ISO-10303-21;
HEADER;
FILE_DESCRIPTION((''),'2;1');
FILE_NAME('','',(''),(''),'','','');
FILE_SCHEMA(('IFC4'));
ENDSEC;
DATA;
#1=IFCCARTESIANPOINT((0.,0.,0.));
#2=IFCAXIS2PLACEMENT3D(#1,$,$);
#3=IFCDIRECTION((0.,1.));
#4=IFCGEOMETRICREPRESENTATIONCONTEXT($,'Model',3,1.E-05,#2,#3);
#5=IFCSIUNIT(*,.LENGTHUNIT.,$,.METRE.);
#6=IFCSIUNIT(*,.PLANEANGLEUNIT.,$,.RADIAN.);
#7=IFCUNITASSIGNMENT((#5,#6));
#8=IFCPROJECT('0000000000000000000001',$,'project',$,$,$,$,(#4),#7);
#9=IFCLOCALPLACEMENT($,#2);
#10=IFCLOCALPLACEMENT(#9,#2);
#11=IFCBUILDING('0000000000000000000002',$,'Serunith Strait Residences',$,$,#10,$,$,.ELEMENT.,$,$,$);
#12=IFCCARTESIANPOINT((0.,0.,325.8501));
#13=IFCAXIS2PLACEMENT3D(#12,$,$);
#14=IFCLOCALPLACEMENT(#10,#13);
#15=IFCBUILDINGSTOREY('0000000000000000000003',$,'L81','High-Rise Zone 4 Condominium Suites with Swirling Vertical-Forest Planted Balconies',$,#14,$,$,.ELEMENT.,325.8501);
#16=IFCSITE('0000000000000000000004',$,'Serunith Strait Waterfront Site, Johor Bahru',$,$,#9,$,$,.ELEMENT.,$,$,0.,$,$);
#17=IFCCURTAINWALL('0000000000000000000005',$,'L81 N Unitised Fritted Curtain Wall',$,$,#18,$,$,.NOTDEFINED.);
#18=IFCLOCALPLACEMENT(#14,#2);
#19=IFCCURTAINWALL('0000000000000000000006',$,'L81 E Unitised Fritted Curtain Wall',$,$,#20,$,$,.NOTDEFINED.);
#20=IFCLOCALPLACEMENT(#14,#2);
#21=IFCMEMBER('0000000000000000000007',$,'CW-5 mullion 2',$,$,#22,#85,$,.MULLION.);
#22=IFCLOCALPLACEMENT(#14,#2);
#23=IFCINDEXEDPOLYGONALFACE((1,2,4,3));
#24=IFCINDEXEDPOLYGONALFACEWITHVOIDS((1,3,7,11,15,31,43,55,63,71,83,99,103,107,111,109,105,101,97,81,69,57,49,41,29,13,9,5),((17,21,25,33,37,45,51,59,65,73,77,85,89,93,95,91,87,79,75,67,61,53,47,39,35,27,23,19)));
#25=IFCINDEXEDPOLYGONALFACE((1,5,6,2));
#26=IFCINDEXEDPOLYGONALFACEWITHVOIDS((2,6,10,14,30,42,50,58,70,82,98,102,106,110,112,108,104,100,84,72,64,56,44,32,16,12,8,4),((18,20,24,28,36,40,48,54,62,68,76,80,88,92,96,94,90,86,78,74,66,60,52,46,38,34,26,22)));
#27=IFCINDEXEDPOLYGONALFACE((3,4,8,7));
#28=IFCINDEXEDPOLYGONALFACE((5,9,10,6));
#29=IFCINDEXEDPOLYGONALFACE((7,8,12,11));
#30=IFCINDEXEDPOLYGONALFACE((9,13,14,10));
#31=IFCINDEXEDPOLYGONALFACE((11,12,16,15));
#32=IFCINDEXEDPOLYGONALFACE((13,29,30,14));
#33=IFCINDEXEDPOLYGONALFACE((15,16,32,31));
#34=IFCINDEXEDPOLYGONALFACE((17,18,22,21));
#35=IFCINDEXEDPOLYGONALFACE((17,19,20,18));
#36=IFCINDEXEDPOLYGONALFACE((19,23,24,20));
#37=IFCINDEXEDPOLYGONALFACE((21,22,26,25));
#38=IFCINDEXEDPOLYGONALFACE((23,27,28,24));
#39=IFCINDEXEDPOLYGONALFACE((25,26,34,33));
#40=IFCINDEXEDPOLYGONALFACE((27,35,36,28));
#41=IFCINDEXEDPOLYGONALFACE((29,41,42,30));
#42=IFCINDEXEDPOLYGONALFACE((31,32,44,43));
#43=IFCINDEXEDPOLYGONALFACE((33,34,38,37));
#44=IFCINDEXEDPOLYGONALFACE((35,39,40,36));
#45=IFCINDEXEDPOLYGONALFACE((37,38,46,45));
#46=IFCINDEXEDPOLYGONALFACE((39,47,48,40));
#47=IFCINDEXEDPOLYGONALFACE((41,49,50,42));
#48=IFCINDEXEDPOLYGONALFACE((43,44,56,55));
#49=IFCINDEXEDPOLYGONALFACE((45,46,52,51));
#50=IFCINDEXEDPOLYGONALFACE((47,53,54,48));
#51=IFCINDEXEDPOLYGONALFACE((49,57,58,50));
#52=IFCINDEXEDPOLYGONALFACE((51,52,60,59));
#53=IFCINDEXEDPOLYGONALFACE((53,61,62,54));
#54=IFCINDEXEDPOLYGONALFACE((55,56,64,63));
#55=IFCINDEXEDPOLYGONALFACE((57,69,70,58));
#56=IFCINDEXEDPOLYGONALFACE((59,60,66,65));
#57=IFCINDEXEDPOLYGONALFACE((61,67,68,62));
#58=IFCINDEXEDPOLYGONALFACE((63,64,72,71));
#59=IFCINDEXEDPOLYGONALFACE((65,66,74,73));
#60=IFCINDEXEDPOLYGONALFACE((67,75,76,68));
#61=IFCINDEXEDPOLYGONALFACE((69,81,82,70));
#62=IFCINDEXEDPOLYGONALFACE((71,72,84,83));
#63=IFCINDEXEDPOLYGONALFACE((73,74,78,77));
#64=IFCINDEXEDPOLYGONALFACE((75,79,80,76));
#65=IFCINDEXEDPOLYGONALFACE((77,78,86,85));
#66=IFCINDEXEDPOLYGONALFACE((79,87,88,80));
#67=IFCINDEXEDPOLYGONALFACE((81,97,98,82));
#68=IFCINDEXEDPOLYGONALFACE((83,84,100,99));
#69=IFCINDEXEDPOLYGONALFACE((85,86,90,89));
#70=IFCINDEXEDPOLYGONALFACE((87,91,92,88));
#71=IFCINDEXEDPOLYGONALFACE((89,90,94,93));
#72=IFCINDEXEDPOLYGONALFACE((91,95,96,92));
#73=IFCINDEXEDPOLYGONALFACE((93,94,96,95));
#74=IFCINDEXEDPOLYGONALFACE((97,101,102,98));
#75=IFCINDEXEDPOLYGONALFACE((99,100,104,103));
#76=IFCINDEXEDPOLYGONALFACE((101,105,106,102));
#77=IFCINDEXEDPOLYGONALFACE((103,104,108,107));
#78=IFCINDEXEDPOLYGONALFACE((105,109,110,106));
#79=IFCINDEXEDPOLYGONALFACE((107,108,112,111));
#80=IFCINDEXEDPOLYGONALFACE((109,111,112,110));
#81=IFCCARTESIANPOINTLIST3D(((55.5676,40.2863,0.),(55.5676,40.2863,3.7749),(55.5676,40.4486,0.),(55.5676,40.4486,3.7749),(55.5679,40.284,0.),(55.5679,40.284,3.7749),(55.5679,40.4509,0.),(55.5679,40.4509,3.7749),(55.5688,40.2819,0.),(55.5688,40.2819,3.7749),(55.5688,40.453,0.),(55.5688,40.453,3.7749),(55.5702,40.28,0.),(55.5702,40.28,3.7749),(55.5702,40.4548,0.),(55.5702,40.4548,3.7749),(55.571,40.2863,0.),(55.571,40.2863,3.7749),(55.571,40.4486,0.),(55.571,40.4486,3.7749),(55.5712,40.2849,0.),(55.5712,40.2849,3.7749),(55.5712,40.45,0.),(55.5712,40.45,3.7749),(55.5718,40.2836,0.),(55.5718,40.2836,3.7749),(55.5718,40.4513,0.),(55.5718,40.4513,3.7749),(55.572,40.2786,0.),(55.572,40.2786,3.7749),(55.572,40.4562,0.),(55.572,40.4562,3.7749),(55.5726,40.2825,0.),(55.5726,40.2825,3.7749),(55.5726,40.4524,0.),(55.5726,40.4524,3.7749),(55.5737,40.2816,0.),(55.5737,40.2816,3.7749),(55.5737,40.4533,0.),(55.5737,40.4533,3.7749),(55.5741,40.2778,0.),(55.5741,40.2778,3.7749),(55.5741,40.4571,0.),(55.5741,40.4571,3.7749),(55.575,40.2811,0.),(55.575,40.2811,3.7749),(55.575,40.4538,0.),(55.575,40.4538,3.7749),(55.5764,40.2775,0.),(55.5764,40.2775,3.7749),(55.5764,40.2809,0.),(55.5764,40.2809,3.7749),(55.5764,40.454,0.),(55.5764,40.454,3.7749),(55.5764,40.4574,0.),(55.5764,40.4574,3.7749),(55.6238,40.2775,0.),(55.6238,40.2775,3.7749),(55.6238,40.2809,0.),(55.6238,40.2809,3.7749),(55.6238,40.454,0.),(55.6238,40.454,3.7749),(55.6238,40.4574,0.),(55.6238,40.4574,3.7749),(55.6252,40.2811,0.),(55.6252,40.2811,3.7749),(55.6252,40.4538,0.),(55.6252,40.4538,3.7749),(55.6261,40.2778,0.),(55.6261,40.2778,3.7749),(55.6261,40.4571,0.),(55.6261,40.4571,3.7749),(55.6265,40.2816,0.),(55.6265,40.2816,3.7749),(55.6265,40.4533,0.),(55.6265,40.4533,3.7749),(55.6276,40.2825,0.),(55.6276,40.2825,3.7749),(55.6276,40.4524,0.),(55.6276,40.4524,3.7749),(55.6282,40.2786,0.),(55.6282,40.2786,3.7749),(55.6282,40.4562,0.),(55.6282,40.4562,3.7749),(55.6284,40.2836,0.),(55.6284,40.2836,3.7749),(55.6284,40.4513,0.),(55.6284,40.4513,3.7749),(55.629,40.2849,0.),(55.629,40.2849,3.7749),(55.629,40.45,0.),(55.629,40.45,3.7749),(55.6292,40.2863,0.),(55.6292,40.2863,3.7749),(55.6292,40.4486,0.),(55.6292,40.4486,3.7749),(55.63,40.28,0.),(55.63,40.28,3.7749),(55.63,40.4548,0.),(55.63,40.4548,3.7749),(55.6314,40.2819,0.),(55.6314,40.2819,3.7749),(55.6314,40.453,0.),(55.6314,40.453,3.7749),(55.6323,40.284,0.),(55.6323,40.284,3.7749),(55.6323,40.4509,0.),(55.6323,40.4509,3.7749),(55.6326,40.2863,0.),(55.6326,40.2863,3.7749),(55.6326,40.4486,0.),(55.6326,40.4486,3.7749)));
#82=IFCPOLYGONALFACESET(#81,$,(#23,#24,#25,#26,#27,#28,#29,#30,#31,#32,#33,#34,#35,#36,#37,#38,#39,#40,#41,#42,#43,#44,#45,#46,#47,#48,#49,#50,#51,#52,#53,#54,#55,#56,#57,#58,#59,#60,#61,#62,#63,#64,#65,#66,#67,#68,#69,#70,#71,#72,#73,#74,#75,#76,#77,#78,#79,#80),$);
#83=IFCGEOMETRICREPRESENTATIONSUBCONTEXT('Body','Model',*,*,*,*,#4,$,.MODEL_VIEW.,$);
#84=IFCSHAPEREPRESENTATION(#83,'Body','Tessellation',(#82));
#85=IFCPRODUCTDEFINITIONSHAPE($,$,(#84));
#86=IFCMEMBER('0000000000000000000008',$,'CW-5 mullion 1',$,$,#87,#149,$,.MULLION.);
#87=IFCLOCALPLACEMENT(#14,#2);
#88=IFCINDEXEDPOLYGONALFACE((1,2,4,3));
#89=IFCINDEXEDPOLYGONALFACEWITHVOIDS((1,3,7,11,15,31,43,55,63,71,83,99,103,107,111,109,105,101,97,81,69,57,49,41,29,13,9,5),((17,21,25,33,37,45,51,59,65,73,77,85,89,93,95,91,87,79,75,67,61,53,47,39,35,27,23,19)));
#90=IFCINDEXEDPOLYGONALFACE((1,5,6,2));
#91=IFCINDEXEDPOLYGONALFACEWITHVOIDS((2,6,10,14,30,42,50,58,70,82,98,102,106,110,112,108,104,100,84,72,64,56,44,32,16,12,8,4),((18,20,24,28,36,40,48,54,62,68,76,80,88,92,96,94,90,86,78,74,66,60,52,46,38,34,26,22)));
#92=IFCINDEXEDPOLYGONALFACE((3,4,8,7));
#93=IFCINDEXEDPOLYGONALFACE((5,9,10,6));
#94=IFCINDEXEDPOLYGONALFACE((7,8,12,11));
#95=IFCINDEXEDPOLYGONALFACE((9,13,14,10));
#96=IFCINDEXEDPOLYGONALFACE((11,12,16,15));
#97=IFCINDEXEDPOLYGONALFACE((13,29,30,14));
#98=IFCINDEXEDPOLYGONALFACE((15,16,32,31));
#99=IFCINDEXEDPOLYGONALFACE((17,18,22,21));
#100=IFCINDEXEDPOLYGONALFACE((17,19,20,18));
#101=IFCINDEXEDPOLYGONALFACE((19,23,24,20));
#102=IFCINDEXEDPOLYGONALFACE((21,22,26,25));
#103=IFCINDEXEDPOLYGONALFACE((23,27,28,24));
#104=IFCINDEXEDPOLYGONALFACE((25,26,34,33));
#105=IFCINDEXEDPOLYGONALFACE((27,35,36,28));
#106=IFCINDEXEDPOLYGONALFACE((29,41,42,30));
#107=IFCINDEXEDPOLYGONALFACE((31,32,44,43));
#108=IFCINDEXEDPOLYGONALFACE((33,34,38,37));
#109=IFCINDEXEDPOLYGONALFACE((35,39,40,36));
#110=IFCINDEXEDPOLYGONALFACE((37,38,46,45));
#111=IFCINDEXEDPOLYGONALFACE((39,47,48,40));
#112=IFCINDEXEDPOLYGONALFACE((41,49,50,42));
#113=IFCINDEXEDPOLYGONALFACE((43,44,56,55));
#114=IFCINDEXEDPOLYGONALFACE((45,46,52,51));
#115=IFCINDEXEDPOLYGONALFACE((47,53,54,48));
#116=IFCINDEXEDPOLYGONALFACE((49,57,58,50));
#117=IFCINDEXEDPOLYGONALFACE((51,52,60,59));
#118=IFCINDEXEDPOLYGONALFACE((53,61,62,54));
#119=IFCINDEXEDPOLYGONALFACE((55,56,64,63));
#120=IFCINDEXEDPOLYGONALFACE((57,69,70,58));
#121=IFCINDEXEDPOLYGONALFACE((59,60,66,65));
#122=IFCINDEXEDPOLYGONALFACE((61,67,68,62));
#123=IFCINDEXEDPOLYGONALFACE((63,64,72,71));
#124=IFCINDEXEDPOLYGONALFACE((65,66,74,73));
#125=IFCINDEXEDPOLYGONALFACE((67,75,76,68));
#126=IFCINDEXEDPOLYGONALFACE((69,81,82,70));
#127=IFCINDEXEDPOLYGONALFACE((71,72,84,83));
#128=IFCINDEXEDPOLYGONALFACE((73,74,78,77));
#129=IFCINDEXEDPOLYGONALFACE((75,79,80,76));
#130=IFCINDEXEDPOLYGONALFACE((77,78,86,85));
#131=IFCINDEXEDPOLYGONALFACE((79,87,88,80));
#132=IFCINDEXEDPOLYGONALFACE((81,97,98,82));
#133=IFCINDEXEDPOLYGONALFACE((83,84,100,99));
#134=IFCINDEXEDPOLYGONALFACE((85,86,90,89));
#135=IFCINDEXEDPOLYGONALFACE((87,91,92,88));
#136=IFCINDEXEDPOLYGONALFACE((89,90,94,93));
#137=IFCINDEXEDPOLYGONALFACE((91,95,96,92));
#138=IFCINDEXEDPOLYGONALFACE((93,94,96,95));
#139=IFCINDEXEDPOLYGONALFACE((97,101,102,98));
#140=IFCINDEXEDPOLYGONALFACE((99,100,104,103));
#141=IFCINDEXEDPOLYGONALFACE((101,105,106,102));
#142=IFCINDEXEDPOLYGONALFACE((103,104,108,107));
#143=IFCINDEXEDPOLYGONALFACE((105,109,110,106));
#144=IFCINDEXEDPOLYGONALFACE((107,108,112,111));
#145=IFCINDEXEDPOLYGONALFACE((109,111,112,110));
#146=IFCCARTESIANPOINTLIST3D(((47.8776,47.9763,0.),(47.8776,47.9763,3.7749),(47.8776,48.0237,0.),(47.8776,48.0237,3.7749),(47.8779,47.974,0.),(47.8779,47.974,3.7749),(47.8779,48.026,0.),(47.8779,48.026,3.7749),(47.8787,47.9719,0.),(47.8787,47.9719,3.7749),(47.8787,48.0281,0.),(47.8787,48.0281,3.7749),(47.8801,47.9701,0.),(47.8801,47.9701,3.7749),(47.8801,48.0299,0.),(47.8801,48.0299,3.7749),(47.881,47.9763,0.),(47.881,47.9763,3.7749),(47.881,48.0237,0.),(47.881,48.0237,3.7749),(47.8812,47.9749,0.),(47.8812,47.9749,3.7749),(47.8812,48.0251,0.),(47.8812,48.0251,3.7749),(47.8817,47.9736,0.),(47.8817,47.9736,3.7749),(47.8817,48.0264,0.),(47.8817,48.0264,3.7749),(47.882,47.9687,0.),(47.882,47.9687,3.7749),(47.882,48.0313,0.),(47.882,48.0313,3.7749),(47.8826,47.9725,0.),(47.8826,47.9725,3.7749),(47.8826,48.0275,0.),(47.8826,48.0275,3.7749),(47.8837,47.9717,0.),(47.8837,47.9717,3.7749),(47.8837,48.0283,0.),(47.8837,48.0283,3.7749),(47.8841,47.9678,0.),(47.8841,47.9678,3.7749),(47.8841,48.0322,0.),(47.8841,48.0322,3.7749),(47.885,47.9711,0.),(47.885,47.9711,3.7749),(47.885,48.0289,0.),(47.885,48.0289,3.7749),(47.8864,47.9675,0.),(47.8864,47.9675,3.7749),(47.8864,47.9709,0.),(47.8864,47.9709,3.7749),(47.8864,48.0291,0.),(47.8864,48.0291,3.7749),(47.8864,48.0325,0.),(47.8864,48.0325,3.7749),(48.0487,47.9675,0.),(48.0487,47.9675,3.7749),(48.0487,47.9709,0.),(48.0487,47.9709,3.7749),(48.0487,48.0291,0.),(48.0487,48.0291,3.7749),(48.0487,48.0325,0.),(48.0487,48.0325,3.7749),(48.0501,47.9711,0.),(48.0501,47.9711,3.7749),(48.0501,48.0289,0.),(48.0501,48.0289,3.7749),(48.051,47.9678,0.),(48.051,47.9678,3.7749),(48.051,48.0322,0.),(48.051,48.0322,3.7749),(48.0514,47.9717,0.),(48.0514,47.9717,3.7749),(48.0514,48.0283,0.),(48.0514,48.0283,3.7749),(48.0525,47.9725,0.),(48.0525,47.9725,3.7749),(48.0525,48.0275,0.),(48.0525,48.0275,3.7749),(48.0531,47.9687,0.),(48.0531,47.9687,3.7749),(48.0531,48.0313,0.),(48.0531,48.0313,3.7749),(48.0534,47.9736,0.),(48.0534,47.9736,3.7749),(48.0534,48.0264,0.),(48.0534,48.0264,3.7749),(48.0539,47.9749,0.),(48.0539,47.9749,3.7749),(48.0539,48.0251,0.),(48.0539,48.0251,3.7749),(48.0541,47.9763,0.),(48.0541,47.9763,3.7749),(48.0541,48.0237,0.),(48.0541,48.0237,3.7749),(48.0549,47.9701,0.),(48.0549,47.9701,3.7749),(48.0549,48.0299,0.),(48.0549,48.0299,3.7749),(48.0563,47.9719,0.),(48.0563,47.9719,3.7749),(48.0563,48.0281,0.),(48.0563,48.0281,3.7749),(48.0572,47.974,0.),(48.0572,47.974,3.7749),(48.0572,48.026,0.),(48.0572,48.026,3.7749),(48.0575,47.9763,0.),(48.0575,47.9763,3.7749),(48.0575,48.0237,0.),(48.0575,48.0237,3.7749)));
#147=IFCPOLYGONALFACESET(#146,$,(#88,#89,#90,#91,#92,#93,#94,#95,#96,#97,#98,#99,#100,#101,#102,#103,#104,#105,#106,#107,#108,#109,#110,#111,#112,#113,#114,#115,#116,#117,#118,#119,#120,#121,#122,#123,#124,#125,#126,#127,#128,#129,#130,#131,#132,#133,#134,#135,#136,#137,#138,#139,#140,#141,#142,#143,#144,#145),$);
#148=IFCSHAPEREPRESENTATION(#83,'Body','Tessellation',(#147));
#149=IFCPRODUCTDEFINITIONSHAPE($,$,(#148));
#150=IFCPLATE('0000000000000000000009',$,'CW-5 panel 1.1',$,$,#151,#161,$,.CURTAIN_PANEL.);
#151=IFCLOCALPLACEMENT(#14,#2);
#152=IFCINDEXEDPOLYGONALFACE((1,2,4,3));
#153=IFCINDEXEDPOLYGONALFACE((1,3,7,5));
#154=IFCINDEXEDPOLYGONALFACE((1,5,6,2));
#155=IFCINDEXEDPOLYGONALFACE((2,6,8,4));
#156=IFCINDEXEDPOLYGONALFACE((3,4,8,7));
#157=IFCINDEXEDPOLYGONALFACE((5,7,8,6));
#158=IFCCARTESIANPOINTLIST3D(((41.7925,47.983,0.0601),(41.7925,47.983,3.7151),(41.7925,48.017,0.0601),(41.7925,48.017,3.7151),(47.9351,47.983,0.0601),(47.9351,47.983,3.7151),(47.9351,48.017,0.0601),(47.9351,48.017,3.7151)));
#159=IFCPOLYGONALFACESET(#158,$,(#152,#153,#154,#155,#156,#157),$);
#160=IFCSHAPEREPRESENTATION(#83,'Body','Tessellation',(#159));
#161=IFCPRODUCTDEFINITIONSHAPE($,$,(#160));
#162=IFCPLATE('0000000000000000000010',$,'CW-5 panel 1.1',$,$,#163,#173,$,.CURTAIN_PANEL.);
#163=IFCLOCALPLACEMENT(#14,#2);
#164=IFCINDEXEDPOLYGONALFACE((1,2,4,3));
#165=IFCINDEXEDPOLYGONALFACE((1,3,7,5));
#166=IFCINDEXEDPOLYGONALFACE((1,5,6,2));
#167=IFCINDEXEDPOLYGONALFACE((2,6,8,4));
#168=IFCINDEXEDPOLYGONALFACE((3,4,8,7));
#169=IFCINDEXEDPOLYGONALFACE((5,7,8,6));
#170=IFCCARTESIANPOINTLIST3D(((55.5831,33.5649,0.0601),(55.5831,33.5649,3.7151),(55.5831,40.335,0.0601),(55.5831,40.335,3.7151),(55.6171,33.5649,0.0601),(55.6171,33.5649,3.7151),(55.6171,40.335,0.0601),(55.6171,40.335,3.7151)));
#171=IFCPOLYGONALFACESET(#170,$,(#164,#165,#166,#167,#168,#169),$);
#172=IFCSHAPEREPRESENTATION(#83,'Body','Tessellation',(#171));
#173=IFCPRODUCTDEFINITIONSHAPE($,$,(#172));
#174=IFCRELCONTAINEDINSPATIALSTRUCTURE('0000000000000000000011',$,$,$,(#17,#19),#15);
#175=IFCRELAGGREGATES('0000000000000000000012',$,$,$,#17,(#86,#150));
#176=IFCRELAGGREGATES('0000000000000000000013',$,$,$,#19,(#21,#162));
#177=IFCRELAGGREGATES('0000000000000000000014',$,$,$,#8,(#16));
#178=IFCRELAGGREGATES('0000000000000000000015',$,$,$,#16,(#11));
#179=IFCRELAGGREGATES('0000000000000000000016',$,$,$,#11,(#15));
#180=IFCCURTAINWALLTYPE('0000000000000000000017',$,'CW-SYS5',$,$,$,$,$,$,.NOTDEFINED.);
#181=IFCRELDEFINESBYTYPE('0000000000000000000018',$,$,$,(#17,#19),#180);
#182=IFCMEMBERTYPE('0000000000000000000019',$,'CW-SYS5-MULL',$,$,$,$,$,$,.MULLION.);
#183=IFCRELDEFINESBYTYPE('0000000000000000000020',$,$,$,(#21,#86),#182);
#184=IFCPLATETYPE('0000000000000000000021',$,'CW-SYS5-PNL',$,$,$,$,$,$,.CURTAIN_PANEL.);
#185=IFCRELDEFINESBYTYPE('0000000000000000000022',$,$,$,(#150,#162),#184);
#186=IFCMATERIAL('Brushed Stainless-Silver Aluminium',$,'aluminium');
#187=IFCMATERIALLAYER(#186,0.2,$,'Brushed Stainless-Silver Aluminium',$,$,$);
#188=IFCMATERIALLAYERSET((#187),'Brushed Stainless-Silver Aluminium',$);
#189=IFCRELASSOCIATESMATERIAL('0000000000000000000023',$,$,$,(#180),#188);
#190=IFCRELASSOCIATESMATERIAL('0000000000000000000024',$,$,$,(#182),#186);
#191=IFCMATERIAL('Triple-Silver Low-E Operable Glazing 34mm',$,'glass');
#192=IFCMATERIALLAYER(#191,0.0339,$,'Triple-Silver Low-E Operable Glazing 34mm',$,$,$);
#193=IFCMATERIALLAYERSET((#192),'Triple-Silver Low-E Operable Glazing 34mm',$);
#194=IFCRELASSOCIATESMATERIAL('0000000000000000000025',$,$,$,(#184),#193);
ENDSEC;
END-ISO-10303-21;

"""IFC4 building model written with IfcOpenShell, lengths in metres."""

from ifc_helpers import new_model, si_unit, direction, frame, origin, origin_2d, place, context, subcontext, project, spatial, rectangle, hollow_rectangle, extrude, source, transform, mapped, material, layer, layer_set, material_profile, profile_set, type_object, element, aggregate, save


model = new_model("IFC4")

# Units and contexts
model_context = context("Model", 3, precision=1e-05, world=origin(), true_north=direction((0.0, 1.0)))
body_context = subcontext(model_context, "Body", "Model", "MODEL_VIEW")
ifc_project = project(units=[si_unit("LENGTHUNIT", "METRE"), si_unit("PLANEANGLEUNIT", "RADIAN")], contexts=[model_context])

# Site, building, storey
site_placement = place(None, origin())
site = spatial("IfcSite", under=ifc_project, at=site_placement, Name="Serunith Strait Waterfront Site, Johor Bahru", CompositionType="ELEMENT", RefElevation=0.0)
building_placement = place(site_placement, origin())
building = spatial("IfcBuilding", under=site, at=building_placement, Name="Serunith Strait Residences", CompositionType="ELEMENT")
storey_placement = place(building_placement, frame((0.0, 0.0, 325.8501)))
storey = spatial("IfcBuildingStorey", under=building, at=storey_placement, Name="L81", Description="High-Rise Zone 4 Condominium Suites with Swirling Vertical-Forest Planted Balconies", CompositionType="ELEMENT", Elevation=325.8501)

# Curtain wall
ifc_material_1 = material(Name="Brushed Stainless-Silver Aluminium", Category="aluminium")
ifc_layer_1 = layer(ifc_material_1, 0.2, Name="Brushed Stainless-Silver Aluminium")
ifc_layer_set_1 = layer_set([ifc_layer_1], Name="Brushed Stainless-Silver Aluminium")
curtain_wall_type = type_object("IfcCurtainWallType", Name="CW-SYS5", PredefinedType="NOTDEFINED", material=ifc_layer_set_1)
curtain_wall_1_placement = place(storey_placement, origin())
curtain_wall_1 = element("IfcCurtainWall", 1, at=curtain_wall_1_placement, inside=storey, type_object=curtain_wall_type, Name="L81 N Unitised Fritted Curtain Wall", PredefinedType="NOTDEFINED")

# Curtain wall, member
curtain_wall_2_placement = place(storey_placement, origin())
curtain_wall_2 = element("IfcCurtainWall", 2, at=curtain_wall_2_placement, inside=storey, type_object=curtain_wall_type, Name="L81 E Unitised Fritted Curtain Wall", PredefinedType="NOTDEFINED")
ifc_material_profile_1 = material_profile(ifc_material_1, hollow_rectangle(XDim=0.0649, YDim=0.1799, WallThickness=0.0034, InnerFilletRadius=0.0054, OuterFilletRadius=0.0088, at=origin_2d()), Name="ALU 180x65x3.5")
ifc_profile_set_1 = profile_set([ifc_material_profile_1], Name="Brushed Stainless-Silver Aluminium")
member_type_1 = type_object("IfcMemberType", Name="CW-SYS5-MULL", PredefinedType="MULLION", material=ifc_profile_set_1)
shared_shape_1 = source(origin(), body_context, "Body", "SweptSolid", [
    extrude(hollow_rectangle(XDim=0.0649, YDim=0.1799, WallThickness=0.0034, InnerFilletRadius=0.0054, OuterFilletRadius=0.0088, at=origin_2d()), origin(), (0.0, 0.0, 1.0), 3.7749),
])
member_1_placement = place(storey_placement, frame((55.6001, 40.3674, 0.0), z_axis=(0.0, 0.0, 1.0), x_axis=(-1.0, 0.0, 0.0)))
member_1 = element("IfcMember", 3, at=member_1_placement, type_object=member_type_1, Name="CW-5 mullion 2", PredefinedType="MULLION", context=body_context, shape_type="MappedRepresentation", body=[
    mapped(shared_shape_1, transform((0.0, 0.0, 0.0), scale=1.0)),
])

# Member
member_2_placement = place(storey_placement, frame((47.9675, 48.0, 0.0), z_axis=(0.0, 0.0, 1.0), x_axis=(0.0, -1.0, 0.0)))
member_2 = element("IfcMember", 4, at=member_2_placement, type_object=member_type_1, Name="CW-5 mullion 1", PredefinedType="MULLION", context=body_context, shape_type="MappedRepresentation", body=[
    mapped(shared_shape_1, transform((0.0, 0.0, 0.0), scale=1.0)),
])

# Plates
ifc_material_2 = material(Name="Triple-Silver Low-E Operable Glazing 34mm", Category="glass")
ifc_layer_2 = layer(ifc_material_2, 0.0339, Name="Triple-Silver Low-E Operable Glazing 34mm")
ifc_layer_set_2 = layer_set([ifc_layer_2], Name="Triple-Silver Low-E Operable Glazing 34mm")
plate_type = type_object("IfcPlateType", Name="CW-SYS5-PNL", PredefinedType="CURTAIN_PANEL", material=ifc_layer_set_2)
shared_shape_2 = source(origin(), body_context, "Body", "SweptSolid", [
    extrude(rectangle(XDim=6.1426, YDim=0.0339, at=origin_2d()), origin(), (0.0, 0.0, 1.0), 3.655),
])
plate_1_placement = place(storey_placement, frame((44.8638, 48.0, 0.0601), z_axis=(0.0, 0.0, 1.0), x_axis=(-1.0, 0.0, 0.0)))
plate_1 = element("IfcPlate", 5, at=plate_1_placement, type_object=plate_type, Name="CW-5 panel 1.1", PredefinedType="CURTAIN_PANEL", context=body_context, shape_type="MappedRepresentation", body=[
    mapped(shared_shape_2, transform((0.0, 0.0, 0.0), scale=1.0)),
])
aggregate(curtain_wall_1, [member_2, plate_1])
shared_shape_3 = source(origin(), body_context, "Body", "SweptSolid", [
    extrude(rectangle(XDim=6.77, YDim=0.0339, at=origin_2d()), origin(), (0.0, 0.0, 1.0), 3.655),
])
plate_2_placement = place(storey_placement, frame((55.6001, 36.95, 0.0601), z_axis=(0.0, 0.0, 1.0), x_axis=(0.0, 1.0, 0.0)))
plate_2 = element("IfcPlate", 6, at=plate_2_placement, type_object=plate_type, Name="CW-5 panel 1.1", PredefinedType="CURTAIN_PANEL", context=body_context, shape_type="MappedRepresentation", body=[
    mapped(shared_shape_3, transform((0.0, 0.0, 0.0), scale=1.0)),
])
aggregate(curtain_wall_2, [member_1, plate_2])

save(model, "model.ifc")
